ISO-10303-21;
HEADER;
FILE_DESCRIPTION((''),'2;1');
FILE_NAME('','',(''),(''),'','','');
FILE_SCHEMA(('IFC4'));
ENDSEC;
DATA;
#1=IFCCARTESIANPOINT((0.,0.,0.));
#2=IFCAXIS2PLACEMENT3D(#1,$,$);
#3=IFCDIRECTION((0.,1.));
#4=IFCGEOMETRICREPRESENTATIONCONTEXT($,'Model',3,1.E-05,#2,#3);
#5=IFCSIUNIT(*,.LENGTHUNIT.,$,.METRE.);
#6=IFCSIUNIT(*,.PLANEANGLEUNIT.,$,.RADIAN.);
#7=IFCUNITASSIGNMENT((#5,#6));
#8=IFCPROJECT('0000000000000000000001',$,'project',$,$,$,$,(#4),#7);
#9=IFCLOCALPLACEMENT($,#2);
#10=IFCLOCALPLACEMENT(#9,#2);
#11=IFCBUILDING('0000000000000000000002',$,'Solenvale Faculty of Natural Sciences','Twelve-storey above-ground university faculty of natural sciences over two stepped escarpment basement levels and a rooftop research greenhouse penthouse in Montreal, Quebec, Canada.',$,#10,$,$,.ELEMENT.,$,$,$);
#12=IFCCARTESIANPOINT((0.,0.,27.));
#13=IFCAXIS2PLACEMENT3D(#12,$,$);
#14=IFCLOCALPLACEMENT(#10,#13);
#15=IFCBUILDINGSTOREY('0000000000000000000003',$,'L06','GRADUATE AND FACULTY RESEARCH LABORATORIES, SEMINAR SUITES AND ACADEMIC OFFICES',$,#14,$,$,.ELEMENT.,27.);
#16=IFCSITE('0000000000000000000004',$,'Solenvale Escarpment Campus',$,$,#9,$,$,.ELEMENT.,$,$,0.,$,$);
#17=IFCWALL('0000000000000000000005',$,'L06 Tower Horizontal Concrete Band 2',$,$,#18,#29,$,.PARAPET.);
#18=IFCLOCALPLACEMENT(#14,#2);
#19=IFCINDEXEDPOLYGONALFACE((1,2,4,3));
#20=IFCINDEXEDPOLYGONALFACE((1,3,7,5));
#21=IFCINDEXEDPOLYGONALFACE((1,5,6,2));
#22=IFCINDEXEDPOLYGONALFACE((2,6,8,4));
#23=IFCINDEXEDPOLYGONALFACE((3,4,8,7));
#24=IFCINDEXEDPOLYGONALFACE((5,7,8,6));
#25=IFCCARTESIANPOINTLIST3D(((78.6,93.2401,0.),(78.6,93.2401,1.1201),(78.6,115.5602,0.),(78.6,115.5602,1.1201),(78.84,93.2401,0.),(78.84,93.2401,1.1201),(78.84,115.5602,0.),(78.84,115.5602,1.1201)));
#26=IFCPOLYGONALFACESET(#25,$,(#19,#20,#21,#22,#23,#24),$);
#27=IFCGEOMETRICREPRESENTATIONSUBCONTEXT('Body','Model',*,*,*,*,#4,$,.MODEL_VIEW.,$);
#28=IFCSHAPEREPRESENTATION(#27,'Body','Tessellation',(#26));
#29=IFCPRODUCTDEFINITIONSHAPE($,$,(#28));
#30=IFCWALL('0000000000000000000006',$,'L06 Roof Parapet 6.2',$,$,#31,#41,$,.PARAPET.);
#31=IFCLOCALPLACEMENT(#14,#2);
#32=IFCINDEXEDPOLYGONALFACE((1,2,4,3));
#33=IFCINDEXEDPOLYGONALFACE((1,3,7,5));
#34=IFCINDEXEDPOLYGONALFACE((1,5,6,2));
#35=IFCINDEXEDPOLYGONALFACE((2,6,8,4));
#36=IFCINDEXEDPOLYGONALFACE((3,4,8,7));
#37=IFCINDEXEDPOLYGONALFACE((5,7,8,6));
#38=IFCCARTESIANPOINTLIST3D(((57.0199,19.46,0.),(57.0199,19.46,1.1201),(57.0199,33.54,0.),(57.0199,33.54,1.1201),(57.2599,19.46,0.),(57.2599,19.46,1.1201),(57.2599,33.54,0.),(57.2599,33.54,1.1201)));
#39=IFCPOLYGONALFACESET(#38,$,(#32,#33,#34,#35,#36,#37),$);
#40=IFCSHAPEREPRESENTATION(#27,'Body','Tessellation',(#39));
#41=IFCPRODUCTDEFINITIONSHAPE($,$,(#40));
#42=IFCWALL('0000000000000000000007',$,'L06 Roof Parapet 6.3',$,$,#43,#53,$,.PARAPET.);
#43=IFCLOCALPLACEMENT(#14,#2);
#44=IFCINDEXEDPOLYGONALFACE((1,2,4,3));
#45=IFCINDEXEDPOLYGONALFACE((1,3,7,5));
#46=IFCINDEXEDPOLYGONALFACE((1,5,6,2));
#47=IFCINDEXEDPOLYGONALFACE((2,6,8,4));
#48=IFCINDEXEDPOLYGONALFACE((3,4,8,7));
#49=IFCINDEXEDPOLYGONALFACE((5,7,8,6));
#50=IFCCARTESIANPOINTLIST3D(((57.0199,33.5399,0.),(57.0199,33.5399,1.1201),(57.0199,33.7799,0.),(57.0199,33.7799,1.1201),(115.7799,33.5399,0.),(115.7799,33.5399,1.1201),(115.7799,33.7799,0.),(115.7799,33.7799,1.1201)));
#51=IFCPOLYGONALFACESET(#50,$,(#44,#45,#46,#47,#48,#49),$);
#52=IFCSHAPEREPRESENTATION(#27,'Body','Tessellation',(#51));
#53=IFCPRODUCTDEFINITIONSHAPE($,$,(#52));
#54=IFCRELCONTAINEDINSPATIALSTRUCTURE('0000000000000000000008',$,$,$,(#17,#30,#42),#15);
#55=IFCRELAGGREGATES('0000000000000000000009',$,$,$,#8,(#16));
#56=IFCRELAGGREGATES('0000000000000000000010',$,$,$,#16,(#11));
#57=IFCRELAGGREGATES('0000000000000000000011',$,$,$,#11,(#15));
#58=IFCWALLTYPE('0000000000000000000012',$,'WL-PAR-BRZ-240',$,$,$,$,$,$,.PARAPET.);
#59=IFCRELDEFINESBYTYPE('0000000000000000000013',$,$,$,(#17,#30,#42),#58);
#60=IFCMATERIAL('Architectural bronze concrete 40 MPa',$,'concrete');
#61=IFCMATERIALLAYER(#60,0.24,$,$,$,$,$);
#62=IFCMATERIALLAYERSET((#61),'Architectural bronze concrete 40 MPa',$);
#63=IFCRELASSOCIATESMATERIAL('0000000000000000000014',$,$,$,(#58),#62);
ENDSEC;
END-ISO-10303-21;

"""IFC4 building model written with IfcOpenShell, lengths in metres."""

from ifc_helpers import new_model, si_unit, direction, frame, frame_2d, origin, place, context, subcontext, project, spatial, rectangle, extrude, material, layer, layer_set, type_object, element, save


model = new_model("IFC4")

# Units and contexts
model_context = context("Model", 3, precision=1e-05, world=origin(), true_north=direction((0.0, 1.0)))
body_context = subcontext(model_context, "Body", "Model", "MODEL_VIEW")
ifc_project = project(units=[si_unit("LENGTHUNIT", "METRE"), si_unit("PLANEANGLEUNIT", "RADIAN")], contexts=[model_context])

# Site, building, storey
site_placement = place(None, origin())
site = spatial("IfcSite", under=ifc_project, at=site_placement, Name="Solenvale Escarpment Campus", CompositionType="ELEMENT", RefElevation=0.0)
building_placement = place(site_placement, origin())
building = spatial("IfcBuilding", under=site, at=building_placement, Name="Solenvale Faculty of Natural Sciences", Description="Twelve-storey above-ground university faculty of natural sciences over two stepped escarpment basement levels and a rooftop research greenhouse penthouse in Montreal, Quebec, Canada.", CompositionType="ELEMENT")
storey_placement = place(building_placement, frame((0.0, 0.0, 27.0)))
storey = spatial("IfcBuildingStorey", under=building, at=storey_placement, Name="L06", Description="GRADUATE AND FACULTY RESEARCH LABORATORIES, SEMINAR SUITES AND ACADEMIC OFFICES", CompositionType="ELEMENT", Elevation=27.0)

# Walls
ifc_material_1 = material(Name="Architectural bronze concrete 40 MPa", Category="concrete")
ifc_layer_1 = layer(ifc_material_1, 0.24)
ifc_layer_set_1 = layer_set([ifc_layer_1], Name="Architectural bronze concrete 40 MPa")
wall_type_1 = type_object("IfcWallType", Name="WL-PAR-BRZ-240", PredefinedType="PARAPET", material=ifc_layer_set_1)
wall_1_placement = place(storey_placement, frame((78.72, 93.24, 0.0), z_axis=(0.0, 0.0, 1.0), x_axis=(0.0, 1.0, 0.0)))
element("IfcWall", 1, at=wall_1_placement, inside=storey, type_object=wall_type_1, Name="L06 Tower Horizontal Concrete Band 2", PredefinedType="PARAPET", context=body_context, shape_type="SweptSolid", body=[
    extrude(rectangle(XDim=22.3201, YDim=0.24, at=frame_2d((11.1602, 0.0))), origin(), (0.0, 0.0, 1.0), 1.1201),
])
wall_2_placement = place(storey_placement, frame((57.1399, 19.46, 0.0), z_axis=(0.0, 0.0, 1.0), x_axis=(0.0, 1.0, 0.0)))
element("IfcWall", 2, at=wall_2_placement, inside=storey, type_object=wall_type_1, Name="L06 Roof Parapet 6.2", PredefinedType="PARAPET", context=body_context, shape_type="SweptSolid", body=[
    extrude(rectangle(XDim=14.0801, YDim=0.24, at=frame_2d((7.04, 0.0))), origin(), (0.0, 0.0, 1.0), 1.1201),
])
wall_3_placement = place(storey_placement, frame((57.02, 33.6599, 0.0), z_axis=(0.0, 0.0, 1.0), x_axis=(1.0, 0.0, 0.0)))
element("IfcWall", 3, at=wall_3_placement, inside=storey, type_object=wall_type_1, Name="L06 Roof Parapet 6.3", PredefinedType="PARAPET", context=body_context, shape_type="SweptSolid", body=[
    extrude(rectangle(XDim=58.76, YDim=0.24, at=frame_2d((29.3799, 0.0))), origin(), (0.0, 0.0, 1.0), 1.1201),
])

save(model, "model.ifc")
